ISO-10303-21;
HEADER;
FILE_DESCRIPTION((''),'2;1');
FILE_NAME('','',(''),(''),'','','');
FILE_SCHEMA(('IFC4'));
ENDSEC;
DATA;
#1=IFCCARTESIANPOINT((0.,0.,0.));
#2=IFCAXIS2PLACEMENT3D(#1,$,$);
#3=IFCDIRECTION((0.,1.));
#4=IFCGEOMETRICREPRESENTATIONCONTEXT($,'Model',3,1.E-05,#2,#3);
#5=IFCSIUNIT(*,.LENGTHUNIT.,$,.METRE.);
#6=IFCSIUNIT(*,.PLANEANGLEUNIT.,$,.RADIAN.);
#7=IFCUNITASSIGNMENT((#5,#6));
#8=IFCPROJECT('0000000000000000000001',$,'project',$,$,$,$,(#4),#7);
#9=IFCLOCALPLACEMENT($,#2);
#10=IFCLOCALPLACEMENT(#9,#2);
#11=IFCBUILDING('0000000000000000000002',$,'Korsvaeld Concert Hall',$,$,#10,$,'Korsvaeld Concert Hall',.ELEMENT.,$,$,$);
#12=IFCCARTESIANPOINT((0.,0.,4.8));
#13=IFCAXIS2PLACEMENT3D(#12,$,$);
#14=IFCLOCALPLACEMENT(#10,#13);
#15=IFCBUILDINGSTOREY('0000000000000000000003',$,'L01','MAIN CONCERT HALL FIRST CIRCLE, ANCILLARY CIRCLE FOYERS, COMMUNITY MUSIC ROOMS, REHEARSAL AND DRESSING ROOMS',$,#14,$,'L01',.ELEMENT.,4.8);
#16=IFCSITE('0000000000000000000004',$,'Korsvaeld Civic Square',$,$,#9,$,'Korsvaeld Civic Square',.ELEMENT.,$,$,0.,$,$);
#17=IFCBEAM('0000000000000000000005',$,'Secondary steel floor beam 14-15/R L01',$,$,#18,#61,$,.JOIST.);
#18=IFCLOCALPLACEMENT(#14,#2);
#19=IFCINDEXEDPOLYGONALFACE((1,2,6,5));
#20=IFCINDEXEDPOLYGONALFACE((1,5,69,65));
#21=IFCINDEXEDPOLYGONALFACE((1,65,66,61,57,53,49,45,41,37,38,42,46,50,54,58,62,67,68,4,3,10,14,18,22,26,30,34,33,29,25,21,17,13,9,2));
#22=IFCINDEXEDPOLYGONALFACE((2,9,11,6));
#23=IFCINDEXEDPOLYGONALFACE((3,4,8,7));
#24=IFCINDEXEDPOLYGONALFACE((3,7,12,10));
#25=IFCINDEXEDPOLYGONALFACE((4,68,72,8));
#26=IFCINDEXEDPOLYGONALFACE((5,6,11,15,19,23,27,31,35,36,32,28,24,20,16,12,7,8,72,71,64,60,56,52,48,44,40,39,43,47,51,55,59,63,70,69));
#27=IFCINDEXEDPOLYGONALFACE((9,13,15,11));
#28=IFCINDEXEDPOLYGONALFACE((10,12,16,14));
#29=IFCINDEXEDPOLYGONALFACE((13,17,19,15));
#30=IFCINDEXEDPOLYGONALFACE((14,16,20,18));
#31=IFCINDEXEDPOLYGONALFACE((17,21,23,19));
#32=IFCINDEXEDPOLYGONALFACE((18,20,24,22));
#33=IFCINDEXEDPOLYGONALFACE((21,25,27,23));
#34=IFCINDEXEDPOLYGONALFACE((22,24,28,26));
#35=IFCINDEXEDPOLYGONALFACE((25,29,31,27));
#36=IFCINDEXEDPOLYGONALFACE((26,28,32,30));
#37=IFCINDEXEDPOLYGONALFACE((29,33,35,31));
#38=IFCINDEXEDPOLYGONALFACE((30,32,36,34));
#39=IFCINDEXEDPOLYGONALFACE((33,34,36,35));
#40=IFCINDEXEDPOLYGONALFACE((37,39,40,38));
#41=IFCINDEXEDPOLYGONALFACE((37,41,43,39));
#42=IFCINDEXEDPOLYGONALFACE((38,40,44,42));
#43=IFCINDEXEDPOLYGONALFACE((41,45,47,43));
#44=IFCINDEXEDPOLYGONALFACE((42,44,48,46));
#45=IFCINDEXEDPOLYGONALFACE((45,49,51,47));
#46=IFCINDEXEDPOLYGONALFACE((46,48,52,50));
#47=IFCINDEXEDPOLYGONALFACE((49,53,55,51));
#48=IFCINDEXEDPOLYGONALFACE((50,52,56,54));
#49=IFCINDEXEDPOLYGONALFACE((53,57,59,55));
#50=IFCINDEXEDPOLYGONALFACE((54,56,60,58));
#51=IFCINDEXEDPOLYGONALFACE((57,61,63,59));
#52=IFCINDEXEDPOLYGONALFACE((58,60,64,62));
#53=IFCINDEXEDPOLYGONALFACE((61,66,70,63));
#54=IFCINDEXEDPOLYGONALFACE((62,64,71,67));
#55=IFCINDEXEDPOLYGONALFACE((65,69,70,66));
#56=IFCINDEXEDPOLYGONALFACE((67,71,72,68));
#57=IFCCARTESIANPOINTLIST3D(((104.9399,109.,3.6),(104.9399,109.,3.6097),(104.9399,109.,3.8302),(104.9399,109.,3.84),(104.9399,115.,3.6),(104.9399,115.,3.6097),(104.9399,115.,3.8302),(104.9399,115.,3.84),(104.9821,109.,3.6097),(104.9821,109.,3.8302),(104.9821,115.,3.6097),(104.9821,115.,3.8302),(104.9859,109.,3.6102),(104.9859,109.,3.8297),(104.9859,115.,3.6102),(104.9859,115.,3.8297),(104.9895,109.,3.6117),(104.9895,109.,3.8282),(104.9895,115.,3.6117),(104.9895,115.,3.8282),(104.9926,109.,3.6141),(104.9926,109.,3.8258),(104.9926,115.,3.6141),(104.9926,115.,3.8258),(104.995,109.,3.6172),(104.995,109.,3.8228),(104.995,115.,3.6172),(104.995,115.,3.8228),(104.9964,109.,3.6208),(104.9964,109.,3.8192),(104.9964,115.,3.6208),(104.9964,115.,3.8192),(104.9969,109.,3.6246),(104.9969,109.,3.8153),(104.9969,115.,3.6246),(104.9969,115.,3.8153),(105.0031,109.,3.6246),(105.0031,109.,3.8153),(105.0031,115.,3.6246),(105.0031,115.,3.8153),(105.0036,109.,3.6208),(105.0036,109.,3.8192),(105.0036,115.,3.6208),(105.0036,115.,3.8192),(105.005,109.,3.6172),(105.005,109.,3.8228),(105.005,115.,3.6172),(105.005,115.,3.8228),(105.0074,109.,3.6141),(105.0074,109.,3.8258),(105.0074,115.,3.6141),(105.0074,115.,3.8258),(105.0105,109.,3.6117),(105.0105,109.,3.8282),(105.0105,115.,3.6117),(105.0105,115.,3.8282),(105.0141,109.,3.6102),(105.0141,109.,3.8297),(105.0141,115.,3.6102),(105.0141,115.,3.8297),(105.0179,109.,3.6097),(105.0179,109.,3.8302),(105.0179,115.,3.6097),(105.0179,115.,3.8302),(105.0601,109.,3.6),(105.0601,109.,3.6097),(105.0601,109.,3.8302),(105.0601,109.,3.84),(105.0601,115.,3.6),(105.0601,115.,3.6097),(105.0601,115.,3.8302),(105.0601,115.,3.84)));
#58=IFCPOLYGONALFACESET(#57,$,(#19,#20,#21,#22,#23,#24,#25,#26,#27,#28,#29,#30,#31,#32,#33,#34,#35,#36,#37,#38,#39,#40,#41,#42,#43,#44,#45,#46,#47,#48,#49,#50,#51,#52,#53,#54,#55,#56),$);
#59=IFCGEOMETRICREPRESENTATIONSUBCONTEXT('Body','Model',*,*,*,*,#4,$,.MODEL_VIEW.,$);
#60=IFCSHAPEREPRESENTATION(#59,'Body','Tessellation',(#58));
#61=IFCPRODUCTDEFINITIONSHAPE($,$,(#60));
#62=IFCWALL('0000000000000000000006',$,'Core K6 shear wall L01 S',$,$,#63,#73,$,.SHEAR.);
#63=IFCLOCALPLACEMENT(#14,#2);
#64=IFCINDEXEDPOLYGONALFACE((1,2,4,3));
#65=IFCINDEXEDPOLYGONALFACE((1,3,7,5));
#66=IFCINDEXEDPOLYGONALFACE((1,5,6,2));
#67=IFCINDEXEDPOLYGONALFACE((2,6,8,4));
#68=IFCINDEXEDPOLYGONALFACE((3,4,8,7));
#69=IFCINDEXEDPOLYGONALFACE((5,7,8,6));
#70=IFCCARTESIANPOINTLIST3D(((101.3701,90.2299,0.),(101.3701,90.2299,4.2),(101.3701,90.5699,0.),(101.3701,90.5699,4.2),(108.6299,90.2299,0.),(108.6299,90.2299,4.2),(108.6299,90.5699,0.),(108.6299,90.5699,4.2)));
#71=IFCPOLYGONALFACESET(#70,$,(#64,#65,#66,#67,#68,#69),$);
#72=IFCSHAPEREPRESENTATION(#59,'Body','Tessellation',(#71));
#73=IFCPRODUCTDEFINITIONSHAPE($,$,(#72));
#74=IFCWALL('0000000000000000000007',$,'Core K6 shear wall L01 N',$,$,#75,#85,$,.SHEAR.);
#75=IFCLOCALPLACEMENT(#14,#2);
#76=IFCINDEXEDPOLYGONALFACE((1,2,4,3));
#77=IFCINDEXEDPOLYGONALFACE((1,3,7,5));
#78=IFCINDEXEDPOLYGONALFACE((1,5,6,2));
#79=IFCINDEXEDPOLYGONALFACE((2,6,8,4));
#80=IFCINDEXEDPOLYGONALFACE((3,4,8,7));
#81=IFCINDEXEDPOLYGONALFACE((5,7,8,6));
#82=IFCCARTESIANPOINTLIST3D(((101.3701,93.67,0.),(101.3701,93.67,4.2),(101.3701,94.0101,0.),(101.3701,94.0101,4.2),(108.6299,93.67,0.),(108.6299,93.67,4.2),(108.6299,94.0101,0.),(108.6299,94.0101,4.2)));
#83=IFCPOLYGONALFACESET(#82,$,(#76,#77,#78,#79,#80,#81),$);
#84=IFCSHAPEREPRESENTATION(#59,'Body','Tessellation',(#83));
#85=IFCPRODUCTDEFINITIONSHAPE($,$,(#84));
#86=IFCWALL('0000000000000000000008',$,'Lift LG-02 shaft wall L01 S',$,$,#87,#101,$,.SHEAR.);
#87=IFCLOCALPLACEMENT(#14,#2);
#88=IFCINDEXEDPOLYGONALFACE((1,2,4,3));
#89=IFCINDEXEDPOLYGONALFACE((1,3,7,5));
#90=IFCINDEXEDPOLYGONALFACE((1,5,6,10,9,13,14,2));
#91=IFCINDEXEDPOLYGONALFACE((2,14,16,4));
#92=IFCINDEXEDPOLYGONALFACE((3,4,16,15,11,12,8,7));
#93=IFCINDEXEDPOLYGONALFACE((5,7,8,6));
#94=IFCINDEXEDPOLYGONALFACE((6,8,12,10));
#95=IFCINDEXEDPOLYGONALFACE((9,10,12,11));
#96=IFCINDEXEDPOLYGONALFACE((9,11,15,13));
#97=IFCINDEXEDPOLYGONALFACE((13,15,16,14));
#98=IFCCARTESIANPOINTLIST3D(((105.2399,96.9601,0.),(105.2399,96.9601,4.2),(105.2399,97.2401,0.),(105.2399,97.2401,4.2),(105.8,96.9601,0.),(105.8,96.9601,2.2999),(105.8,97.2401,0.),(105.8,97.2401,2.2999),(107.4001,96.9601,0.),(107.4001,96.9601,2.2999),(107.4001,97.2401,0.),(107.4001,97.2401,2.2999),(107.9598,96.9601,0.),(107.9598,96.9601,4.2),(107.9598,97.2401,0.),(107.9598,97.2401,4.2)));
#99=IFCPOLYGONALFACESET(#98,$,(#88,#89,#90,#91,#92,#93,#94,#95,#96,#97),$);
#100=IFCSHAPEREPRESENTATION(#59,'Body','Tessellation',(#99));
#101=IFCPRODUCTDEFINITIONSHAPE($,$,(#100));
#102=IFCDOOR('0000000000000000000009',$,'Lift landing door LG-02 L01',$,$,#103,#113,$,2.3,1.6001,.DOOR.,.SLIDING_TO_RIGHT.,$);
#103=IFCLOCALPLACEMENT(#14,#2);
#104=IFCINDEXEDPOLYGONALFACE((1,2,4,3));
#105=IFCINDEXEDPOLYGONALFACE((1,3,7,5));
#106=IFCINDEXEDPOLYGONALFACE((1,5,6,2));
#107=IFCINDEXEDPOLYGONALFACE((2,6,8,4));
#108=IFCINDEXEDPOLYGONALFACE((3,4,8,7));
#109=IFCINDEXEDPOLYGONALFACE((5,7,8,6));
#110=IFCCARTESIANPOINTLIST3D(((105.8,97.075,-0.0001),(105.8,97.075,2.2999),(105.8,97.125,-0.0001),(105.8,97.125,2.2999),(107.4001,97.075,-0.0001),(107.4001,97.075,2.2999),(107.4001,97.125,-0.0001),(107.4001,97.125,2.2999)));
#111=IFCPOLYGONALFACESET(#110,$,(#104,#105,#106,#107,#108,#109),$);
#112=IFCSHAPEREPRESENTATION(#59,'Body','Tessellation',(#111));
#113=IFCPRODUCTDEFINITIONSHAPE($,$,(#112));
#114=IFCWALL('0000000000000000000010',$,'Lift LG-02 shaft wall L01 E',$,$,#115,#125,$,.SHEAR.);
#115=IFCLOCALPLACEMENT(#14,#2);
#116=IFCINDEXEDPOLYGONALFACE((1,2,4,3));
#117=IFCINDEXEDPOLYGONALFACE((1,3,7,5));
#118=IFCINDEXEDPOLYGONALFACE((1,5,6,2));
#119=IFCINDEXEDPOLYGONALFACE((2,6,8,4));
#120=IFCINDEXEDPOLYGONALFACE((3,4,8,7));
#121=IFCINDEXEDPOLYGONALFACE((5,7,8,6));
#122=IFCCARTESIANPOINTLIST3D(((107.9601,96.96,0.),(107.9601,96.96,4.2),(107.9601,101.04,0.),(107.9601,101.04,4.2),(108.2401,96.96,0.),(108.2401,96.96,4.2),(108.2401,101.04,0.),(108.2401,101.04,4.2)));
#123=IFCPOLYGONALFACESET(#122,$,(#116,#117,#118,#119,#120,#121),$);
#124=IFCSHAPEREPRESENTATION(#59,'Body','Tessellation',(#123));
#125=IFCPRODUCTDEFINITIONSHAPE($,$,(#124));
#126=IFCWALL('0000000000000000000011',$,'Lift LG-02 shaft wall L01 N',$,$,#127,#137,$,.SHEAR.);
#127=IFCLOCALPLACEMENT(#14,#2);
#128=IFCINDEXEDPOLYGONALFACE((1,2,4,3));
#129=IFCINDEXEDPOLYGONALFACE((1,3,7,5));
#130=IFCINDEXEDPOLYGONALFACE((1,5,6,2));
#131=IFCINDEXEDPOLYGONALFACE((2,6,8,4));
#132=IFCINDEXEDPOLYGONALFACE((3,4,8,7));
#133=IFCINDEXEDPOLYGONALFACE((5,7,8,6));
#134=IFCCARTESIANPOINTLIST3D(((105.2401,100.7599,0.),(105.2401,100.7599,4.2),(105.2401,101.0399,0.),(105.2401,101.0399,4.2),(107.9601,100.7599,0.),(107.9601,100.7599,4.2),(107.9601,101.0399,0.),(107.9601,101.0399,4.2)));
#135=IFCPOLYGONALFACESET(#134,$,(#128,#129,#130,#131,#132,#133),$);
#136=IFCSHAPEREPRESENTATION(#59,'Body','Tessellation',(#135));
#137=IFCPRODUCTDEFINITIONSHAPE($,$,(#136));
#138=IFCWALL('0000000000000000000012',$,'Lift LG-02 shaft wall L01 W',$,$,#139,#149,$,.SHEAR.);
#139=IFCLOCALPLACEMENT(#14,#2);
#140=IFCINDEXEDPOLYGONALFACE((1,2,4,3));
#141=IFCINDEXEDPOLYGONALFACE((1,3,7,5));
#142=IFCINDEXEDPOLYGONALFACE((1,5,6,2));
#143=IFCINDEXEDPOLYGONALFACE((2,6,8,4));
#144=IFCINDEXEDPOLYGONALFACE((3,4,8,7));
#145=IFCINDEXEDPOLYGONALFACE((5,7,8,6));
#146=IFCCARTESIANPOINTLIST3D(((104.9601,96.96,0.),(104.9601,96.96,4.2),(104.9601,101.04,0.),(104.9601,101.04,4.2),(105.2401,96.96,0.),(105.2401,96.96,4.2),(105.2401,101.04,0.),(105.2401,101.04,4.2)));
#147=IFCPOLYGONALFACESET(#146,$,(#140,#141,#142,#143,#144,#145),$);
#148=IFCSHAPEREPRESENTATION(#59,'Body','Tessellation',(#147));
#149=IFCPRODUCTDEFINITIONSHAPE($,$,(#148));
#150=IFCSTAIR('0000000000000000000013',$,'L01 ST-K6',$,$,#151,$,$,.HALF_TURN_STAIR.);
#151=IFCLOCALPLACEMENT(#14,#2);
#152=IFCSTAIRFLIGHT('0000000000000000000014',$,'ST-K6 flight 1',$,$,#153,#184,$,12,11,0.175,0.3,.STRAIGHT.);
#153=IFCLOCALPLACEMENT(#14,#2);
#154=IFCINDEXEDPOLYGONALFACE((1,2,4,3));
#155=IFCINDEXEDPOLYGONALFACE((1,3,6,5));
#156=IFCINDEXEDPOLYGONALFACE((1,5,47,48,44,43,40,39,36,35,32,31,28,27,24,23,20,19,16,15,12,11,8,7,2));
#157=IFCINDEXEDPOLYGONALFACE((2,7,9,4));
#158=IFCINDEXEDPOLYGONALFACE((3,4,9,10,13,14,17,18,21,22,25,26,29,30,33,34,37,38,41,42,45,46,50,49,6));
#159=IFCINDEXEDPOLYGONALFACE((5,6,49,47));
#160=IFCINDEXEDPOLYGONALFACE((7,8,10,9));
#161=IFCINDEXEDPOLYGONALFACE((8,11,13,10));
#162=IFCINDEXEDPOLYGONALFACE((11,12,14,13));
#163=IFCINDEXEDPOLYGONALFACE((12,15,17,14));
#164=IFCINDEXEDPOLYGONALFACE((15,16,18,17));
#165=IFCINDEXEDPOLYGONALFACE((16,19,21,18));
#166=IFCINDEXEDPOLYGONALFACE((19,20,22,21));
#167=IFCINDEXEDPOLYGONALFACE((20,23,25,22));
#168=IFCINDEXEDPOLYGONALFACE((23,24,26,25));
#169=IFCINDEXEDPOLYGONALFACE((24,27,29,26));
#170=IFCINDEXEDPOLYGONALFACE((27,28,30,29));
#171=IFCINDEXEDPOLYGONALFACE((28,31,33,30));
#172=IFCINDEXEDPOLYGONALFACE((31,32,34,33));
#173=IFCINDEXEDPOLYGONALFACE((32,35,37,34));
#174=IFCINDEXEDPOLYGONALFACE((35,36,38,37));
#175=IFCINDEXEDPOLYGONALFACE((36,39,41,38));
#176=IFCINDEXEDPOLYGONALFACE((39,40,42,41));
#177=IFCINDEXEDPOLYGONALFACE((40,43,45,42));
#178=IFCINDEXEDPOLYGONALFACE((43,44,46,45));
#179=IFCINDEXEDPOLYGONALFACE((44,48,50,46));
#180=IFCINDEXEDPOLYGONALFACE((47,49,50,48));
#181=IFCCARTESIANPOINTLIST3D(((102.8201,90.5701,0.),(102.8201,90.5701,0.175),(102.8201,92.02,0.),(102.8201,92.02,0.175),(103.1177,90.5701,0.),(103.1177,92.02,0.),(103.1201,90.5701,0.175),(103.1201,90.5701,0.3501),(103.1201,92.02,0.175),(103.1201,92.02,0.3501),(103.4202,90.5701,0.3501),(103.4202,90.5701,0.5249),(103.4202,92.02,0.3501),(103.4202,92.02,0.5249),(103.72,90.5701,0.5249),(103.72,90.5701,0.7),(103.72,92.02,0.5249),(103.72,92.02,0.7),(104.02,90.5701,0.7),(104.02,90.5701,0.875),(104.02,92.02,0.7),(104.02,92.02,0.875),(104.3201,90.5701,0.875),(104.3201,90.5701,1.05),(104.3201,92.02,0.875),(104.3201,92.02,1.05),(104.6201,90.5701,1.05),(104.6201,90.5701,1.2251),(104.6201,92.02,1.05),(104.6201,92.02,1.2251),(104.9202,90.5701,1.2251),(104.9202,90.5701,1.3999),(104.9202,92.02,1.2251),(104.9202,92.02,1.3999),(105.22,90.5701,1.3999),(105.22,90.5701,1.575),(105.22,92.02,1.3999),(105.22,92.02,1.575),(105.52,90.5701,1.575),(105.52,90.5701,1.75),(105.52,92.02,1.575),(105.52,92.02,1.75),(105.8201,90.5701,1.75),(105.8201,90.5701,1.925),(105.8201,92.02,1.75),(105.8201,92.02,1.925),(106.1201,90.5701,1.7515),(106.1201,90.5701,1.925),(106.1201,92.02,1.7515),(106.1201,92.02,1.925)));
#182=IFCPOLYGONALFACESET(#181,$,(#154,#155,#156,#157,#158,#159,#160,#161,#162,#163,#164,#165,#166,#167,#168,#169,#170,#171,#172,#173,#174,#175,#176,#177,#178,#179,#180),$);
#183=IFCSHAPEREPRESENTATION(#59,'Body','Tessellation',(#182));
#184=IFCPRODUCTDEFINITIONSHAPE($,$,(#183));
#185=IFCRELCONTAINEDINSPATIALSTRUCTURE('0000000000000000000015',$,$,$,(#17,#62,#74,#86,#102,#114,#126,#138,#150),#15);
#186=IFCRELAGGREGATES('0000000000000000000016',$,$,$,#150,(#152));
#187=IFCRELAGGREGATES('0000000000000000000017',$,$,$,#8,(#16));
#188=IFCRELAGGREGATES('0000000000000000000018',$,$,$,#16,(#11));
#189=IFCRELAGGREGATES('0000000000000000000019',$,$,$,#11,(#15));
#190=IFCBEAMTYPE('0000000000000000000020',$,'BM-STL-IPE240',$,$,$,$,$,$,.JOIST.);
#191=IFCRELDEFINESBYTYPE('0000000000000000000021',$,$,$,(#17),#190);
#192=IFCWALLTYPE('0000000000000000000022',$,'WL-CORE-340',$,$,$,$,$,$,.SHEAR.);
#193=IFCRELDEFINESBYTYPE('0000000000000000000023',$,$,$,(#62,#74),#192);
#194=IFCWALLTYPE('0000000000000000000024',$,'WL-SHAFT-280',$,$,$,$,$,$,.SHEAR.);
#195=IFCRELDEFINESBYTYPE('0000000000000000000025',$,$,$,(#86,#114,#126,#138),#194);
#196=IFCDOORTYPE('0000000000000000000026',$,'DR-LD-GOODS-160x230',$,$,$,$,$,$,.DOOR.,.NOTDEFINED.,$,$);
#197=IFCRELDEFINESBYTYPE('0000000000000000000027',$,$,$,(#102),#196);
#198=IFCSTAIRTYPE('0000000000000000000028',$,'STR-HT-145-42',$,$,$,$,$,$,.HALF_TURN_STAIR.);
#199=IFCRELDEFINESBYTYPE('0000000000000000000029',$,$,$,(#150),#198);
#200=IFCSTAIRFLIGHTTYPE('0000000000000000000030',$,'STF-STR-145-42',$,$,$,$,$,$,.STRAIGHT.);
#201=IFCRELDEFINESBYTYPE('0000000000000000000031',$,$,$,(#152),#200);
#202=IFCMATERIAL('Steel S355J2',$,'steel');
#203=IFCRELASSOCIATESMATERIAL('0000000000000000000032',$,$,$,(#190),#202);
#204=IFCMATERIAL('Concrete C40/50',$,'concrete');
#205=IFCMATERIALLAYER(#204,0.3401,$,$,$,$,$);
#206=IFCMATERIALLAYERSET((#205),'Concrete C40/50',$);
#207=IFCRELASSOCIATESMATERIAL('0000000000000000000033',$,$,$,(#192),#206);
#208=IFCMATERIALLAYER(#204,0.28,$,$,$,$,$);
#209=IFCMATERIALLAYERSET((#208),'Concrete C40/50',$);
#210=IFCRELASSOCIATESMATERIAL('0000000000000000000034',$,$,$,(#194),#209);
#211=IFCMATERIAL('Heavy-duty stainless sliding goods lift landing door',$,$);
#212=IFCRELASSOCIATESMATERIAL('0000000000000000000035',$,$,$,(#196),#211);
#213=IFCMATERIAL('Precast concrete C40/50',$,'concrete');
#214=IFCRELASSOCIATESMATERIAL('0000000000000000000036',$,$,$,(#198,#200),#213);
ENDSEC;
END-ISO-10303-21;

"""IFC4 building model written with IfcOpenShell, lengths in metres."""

from ifc_helpers import new_model, si_unit, direction, frame, frame_2d, origin, origin_2d, place, context, subcontext, project, spatial, polyline, rectangle, i_section, outline, extrude, material, layer, layer_set, material_profile, profile_set, type_object, element, fill, aggregate, save


model = new_model("IFC4")

# Units and contexts
model_context = context("Model", 3, precision=1e-05, world=origin(), true_north=direction((0.0, 1.0)))
body_context = subcontext(model_context, "Body", "Model", "MODEL_VIEW")
ifc_project = project(units=[si_unit("LENGTHUNIT", "METRE"), si_unit("PLANEANGLEUNIT", "RADIAN")], contexts=[model_context])

# Site, building, storey
site_placement = place(None, origin())
site = spatial("IfcSite", under=ifc_project, at=site_placement, Name="Korsvaeld Civic Square", LongName="Korsvaeld Civic Square", CompositionType="ELEMENT", RefElevation=0.0)
building_placement = place(site_placement, origin())
building = spatial("IfcBuilding", under=site, at=building_placement, Name="Korsvaeld Concert Hall", LongName="Korsvaeld Concert Hall", CompositionType="ELEMENT")
storey_placement = place(building_placement, frame((0.0, 0.0, 4.8)))
storey = spatial("IfcBuildingStorey", under=building, at=storey_placement, Name="L01", Description="MAIN CONCERT HALL FIRST CIRCLE, ANCILLARY CIRCLE FOYERS, COMMUNITY MUSIC ROOMS, REHEARSAL AND DRESSING ROOMS", LongName="L01", CompositionType="ELEMENT", Elevation=4.8)

# Shared definitions
ifc_material_1 = material(Name="Concrete C40/50", Category="concrete")

# Beam
ifc_material_2 = material(Name="Steel S355J2", Category="steel")
ifc_material_profile_1 = material_profile(ifc_material_2, i_section(OverallWidth=0.1201, OverallDepth=0.24, WebThickness=0.0061, FlangeThickness=0.0098, FilletRadius=0.0149, at=origin_2d()), Name="IPE 240")
ifc_profile_set_1 = profile_set([ifc_material_profile_1], Name="Steel S355J2")
beam_type_1 = type_object("IfcBeamType", Name="BM-STL-IPE240", PredefinedType="JOIST", material=ifc_profile_set_1)
beam_1_placement = place(storey_placement, frame((105.0, 109.0, 3.72), z_axis=(0.0, 1.0, 0.0), x_axis=(-1.0, 0.0, 0.0)))
element("IfcBeam", 1, at=beam_1_placement, inside=storey, type_object=beam_type_1, Name="Secondary steel floor beam 14-15/R L01", PredefinedType="JOIST", context=body_context, shape_type="SweptSolid", body=[
    extrude(i_section(OverallWidth=0.1201, OverallDepth=0.24, WebThickness=0.0061, FlangeThickness=0.0098, FilletRadius=0.0149, at=origin_2d()), origin(), (0.0, 0.0, 1.0), 6.0),
])

# Walls
ifc_layer_1 = layer(ifc_material_1, 0.3401)
ifc_layer_set_1 = layer_set([ifc_layer_1], Name="Concrete C40/50")
wall_type_1 = type_object("IfcWallType", Name="WL-CORE-340", PredefinedType="SHEAR", material=ifc_layer_set_1)
for number, where, z_axis, x_axis, name in (
    (2, (101.3701, 90.3999, 0.0), (0.0, 0.0, 1.0), (1.0, 0.0, 0.0), "Core K6 shear wall L01 S"),
    (3, (108.6299, 93.8401, 0.0), (0.0, 0.0, 1.0), (-1.0, 0.0, 0.0), "Core K6 shear wall L01 N"),
):
    element("IfcWall", number, at=place(storey_placement, frame(where, z_axis=z_axis, x_axis=x_axis)), inside=storey, type_object=wall_type_1, Name=name, PredefinedType="SHEAR", context=body_context, shape_type="SweptSolid", body=[
        extrude(rectangle(XDim=7.2598, YDim=0.3401, at=frame_2d((3.6299, 0.0))), origin(), (0.0, 0.0, 1.0), 4.2),
    ])

# Wall, opening, door
ifc_layer_2 = layer(ifc_material_1, 0.28)
ifc_layer_set_2 = layer_set([ifc_layer_2], Name="Concrete C40/50")
wall_type_2 = type_object("IfcWallType", Name="WL-SHAFT-280", PredefinedType="SHEAR", material=ifc_layer_set_2)
wall_1_placement = place(storey_placement, frame((105.24, 97.1001, 0.0), z_axis=(0.0, 0.0, 1.0), x_axis=(1.0, 0.0, 0.0)))
wall_1 = element("IfcWall", 4, at=wall_1_placement, inside=storey, type_object=wall_type_2, Name="Lift LG-02 shaft wall L01 S", PredefinedType="SHEAR", context=body_context, shape_type="SweptSolid", body=[
    extrude(rectangle(XDim=2.72, YDim=0.28, at=frame_2d((1.3599, 0.0))), origin(), (0.0, 0.0, 1.0), 4.2),
])
opening_1_placement = place(wall_1_placement, frame((0.5601, 0.0, 0.0)))
opening_1 = element("IfcOpeningElement", 5, at=opening_1_placement, cuts=wall_1, PredefinedType="OPENING", context=body_context, shape_type="SweptSolid", body=[
    extrude(rectangle(XDim=1.6001, YDim=2.3, at=frame_2d((0.8, 1.1499))), frame((0.0, 0.1499, 0.0), z_axis=(0.0, -1.0, 0.0), x_axis=(1.0, 0.0, 0.0)), (0.0, 0.0, 1.0), 0.3),
])
ifc_material_3 = material(Name="Heavy-duty stainless sliding goods lift landing door")
door_type_1 = type_object("IfcDoorType", Name="DR-LD-GOODS-160x230", OperationType="NOTDEFINED", PredefinedType="DOOR", material=ifc_material_3)
door_1_placement = place(opening_1_placement, origin())
door_1 = element("IfcDoor", 6, at=door_1_placement, inside=storey, type_object=door_type_1, Name="Lift landing door LG-02 L01", OperationType="SLIDING_TO_RIGHT", OverallHeight=2.3, OverallWidth=1.6001, PredefinedType="DOOR", context=body_context, shape_type="SweptSolid", body=[
    extrude(rectangle(XDim=1.6001, YDim=2.3, at=frame_2d((0.8, 1.1499))), frame((0.0, 0.0249, 0.0), z_axis=(0.0, -1.0, 0.0), x_axis=(1.0, 0.0, 0.0)), (0.0, 0.0, 1.0), 0.05),
])
fill(opening_1, door_1)

# Walls
wall_2_placement = place(storey_placement, frame((108.1001, 96.96, 0.0), z_axis=(0.0, 0.0, 1.0), x_axis=(0.0, 1.0, 0.0)))
element("IfcWall", 7, at=wall_2_placement, inside=storey, type_object=wall_type_2, Name="Lift LG-02 shaft wall L01 E", PredefinedType="SHEAR", context=body_context, shape_type="SweptSolid", body=[
    extrude(rectangle(XDim=4.0801, YDim=0.28, at=frame_2d((2.04, 0.0))), origin(), (0.0, 0.0, 1.0), 4.2),
])
wall_3_placement = place(storey_placement, frame((107.96, 100.8999, 0.0), z_axis=(0.0, 0.0, 1.0), x_axis=(-1.0, 0.0, 0.0)))
element("IfcWall", 8, at=wall_3_placement, inside=storey, type_object=wall_type_2, Name="Lift LG-02 shaft wall L01 N", PredefinedType="SHEAR", context=body_context, shape_type="SweptSolid", body=[
    extrude(rectangle(XDim=2.72, YDim=0.28, at=frame_2d((1.3599, 0.0))), origin(), (0.0, 0.0, 1.0), 4.2),
])
wall_4_placement = place(storey_placement, frame((105.1001, 101.04, 0.0), z_axis=(0.0, 0.0, 1.0), x_axis=(0.0, -1.0, 0.0)))
element("IfcWall", 9, at=wall_4_placement, inside=storey, type_object=wall_type_2, Name="Lift LG-02 shaft wall L01 W", PredefinedType="SHEAR", context=body_context, shape_type="SweptSolid", body=[
    extrude(rectangle(XDim=4.0801, YDim=0.28, at=frame_2d((2.04, 0.0))), origin(), (0.0, 0.0, 1.0), 4.2),
])

# Stair, stair flight
ifc_material_4 = material(Name="Precast concrete C40/50", Category="concrete")
stair_type = type_object("IfcStairType", Name="STR-HT-145-42", PredefinedType="HALF_TURN_STAIR", material=ifc_material_4)
stair_placement = place(storey_placement, origin())
stair = element("IfcStair", 10, at=stair_placement, inside=storey, type_object=stair_type, Name="L01 ST-K6", PredefinedType="HALF_TURN_STAIR")
stair_flight_type = type_object("IfcStairFlightType", Name="STF-STR-145-42", PredefinedType="STRAIGHT", material=ifc_material_4)
stair_flight_1_placement = place(storey_placement, frame((102.8201, 91.2949, 0.0), z_axis=(0.0, 0.0, 1.0), x_axis=(1.0, 0.0, 0.0)))
stair_flight_1 = element("IfcStairFlight", 11, at=stair_flight_1_placement, type_object=stair_flight_type, Name="ST-K6 flight 1", NumberOfRisers=12, NumberOfTreads=11, PredefinedType="STRAIGHT", RiserHeight=0.175, TreadLength=0.3, context=body_context, shape_type="SweptSolid", body=[
    extrude(outline(polyline([(0.0, 0.0), (0.0, 0.175), (0.3, 0.175), (0.3, 0.3501), (0.6001, 0.3501), (0.6001, 0.5249), (0.8999, 0.5249), (0.8999, 0.7), (1.2, 0.7), (1.2, 0.875), (1.5, 0.875), (1.5, 1.05), (1.8, 1.05), (1.8, 1.2251), (2.1001, 1.2251), (2.1001, 1.3999), (2.3999, 1.3999), (2.3999, 1.575), (2.7, 1.575), (2.7, 1.75), (3.0, 1.75), (3.0, 1.925), (3.3, 1.925), (3.3, 2.1001), (3.3, 1.7515), (0.2976, 0.0), (0.0, 0.0)])), frame((0.0, 0.7251, 0.0), z_axis=(0.0, -1.0, 0.0), x_axis=(1.0, 0.0, 0.0)), (0.0, 0.0, 1.0), 1.45),
])
aggregate(stair, [stair_flight_1])

save(model, "model.ifc")
